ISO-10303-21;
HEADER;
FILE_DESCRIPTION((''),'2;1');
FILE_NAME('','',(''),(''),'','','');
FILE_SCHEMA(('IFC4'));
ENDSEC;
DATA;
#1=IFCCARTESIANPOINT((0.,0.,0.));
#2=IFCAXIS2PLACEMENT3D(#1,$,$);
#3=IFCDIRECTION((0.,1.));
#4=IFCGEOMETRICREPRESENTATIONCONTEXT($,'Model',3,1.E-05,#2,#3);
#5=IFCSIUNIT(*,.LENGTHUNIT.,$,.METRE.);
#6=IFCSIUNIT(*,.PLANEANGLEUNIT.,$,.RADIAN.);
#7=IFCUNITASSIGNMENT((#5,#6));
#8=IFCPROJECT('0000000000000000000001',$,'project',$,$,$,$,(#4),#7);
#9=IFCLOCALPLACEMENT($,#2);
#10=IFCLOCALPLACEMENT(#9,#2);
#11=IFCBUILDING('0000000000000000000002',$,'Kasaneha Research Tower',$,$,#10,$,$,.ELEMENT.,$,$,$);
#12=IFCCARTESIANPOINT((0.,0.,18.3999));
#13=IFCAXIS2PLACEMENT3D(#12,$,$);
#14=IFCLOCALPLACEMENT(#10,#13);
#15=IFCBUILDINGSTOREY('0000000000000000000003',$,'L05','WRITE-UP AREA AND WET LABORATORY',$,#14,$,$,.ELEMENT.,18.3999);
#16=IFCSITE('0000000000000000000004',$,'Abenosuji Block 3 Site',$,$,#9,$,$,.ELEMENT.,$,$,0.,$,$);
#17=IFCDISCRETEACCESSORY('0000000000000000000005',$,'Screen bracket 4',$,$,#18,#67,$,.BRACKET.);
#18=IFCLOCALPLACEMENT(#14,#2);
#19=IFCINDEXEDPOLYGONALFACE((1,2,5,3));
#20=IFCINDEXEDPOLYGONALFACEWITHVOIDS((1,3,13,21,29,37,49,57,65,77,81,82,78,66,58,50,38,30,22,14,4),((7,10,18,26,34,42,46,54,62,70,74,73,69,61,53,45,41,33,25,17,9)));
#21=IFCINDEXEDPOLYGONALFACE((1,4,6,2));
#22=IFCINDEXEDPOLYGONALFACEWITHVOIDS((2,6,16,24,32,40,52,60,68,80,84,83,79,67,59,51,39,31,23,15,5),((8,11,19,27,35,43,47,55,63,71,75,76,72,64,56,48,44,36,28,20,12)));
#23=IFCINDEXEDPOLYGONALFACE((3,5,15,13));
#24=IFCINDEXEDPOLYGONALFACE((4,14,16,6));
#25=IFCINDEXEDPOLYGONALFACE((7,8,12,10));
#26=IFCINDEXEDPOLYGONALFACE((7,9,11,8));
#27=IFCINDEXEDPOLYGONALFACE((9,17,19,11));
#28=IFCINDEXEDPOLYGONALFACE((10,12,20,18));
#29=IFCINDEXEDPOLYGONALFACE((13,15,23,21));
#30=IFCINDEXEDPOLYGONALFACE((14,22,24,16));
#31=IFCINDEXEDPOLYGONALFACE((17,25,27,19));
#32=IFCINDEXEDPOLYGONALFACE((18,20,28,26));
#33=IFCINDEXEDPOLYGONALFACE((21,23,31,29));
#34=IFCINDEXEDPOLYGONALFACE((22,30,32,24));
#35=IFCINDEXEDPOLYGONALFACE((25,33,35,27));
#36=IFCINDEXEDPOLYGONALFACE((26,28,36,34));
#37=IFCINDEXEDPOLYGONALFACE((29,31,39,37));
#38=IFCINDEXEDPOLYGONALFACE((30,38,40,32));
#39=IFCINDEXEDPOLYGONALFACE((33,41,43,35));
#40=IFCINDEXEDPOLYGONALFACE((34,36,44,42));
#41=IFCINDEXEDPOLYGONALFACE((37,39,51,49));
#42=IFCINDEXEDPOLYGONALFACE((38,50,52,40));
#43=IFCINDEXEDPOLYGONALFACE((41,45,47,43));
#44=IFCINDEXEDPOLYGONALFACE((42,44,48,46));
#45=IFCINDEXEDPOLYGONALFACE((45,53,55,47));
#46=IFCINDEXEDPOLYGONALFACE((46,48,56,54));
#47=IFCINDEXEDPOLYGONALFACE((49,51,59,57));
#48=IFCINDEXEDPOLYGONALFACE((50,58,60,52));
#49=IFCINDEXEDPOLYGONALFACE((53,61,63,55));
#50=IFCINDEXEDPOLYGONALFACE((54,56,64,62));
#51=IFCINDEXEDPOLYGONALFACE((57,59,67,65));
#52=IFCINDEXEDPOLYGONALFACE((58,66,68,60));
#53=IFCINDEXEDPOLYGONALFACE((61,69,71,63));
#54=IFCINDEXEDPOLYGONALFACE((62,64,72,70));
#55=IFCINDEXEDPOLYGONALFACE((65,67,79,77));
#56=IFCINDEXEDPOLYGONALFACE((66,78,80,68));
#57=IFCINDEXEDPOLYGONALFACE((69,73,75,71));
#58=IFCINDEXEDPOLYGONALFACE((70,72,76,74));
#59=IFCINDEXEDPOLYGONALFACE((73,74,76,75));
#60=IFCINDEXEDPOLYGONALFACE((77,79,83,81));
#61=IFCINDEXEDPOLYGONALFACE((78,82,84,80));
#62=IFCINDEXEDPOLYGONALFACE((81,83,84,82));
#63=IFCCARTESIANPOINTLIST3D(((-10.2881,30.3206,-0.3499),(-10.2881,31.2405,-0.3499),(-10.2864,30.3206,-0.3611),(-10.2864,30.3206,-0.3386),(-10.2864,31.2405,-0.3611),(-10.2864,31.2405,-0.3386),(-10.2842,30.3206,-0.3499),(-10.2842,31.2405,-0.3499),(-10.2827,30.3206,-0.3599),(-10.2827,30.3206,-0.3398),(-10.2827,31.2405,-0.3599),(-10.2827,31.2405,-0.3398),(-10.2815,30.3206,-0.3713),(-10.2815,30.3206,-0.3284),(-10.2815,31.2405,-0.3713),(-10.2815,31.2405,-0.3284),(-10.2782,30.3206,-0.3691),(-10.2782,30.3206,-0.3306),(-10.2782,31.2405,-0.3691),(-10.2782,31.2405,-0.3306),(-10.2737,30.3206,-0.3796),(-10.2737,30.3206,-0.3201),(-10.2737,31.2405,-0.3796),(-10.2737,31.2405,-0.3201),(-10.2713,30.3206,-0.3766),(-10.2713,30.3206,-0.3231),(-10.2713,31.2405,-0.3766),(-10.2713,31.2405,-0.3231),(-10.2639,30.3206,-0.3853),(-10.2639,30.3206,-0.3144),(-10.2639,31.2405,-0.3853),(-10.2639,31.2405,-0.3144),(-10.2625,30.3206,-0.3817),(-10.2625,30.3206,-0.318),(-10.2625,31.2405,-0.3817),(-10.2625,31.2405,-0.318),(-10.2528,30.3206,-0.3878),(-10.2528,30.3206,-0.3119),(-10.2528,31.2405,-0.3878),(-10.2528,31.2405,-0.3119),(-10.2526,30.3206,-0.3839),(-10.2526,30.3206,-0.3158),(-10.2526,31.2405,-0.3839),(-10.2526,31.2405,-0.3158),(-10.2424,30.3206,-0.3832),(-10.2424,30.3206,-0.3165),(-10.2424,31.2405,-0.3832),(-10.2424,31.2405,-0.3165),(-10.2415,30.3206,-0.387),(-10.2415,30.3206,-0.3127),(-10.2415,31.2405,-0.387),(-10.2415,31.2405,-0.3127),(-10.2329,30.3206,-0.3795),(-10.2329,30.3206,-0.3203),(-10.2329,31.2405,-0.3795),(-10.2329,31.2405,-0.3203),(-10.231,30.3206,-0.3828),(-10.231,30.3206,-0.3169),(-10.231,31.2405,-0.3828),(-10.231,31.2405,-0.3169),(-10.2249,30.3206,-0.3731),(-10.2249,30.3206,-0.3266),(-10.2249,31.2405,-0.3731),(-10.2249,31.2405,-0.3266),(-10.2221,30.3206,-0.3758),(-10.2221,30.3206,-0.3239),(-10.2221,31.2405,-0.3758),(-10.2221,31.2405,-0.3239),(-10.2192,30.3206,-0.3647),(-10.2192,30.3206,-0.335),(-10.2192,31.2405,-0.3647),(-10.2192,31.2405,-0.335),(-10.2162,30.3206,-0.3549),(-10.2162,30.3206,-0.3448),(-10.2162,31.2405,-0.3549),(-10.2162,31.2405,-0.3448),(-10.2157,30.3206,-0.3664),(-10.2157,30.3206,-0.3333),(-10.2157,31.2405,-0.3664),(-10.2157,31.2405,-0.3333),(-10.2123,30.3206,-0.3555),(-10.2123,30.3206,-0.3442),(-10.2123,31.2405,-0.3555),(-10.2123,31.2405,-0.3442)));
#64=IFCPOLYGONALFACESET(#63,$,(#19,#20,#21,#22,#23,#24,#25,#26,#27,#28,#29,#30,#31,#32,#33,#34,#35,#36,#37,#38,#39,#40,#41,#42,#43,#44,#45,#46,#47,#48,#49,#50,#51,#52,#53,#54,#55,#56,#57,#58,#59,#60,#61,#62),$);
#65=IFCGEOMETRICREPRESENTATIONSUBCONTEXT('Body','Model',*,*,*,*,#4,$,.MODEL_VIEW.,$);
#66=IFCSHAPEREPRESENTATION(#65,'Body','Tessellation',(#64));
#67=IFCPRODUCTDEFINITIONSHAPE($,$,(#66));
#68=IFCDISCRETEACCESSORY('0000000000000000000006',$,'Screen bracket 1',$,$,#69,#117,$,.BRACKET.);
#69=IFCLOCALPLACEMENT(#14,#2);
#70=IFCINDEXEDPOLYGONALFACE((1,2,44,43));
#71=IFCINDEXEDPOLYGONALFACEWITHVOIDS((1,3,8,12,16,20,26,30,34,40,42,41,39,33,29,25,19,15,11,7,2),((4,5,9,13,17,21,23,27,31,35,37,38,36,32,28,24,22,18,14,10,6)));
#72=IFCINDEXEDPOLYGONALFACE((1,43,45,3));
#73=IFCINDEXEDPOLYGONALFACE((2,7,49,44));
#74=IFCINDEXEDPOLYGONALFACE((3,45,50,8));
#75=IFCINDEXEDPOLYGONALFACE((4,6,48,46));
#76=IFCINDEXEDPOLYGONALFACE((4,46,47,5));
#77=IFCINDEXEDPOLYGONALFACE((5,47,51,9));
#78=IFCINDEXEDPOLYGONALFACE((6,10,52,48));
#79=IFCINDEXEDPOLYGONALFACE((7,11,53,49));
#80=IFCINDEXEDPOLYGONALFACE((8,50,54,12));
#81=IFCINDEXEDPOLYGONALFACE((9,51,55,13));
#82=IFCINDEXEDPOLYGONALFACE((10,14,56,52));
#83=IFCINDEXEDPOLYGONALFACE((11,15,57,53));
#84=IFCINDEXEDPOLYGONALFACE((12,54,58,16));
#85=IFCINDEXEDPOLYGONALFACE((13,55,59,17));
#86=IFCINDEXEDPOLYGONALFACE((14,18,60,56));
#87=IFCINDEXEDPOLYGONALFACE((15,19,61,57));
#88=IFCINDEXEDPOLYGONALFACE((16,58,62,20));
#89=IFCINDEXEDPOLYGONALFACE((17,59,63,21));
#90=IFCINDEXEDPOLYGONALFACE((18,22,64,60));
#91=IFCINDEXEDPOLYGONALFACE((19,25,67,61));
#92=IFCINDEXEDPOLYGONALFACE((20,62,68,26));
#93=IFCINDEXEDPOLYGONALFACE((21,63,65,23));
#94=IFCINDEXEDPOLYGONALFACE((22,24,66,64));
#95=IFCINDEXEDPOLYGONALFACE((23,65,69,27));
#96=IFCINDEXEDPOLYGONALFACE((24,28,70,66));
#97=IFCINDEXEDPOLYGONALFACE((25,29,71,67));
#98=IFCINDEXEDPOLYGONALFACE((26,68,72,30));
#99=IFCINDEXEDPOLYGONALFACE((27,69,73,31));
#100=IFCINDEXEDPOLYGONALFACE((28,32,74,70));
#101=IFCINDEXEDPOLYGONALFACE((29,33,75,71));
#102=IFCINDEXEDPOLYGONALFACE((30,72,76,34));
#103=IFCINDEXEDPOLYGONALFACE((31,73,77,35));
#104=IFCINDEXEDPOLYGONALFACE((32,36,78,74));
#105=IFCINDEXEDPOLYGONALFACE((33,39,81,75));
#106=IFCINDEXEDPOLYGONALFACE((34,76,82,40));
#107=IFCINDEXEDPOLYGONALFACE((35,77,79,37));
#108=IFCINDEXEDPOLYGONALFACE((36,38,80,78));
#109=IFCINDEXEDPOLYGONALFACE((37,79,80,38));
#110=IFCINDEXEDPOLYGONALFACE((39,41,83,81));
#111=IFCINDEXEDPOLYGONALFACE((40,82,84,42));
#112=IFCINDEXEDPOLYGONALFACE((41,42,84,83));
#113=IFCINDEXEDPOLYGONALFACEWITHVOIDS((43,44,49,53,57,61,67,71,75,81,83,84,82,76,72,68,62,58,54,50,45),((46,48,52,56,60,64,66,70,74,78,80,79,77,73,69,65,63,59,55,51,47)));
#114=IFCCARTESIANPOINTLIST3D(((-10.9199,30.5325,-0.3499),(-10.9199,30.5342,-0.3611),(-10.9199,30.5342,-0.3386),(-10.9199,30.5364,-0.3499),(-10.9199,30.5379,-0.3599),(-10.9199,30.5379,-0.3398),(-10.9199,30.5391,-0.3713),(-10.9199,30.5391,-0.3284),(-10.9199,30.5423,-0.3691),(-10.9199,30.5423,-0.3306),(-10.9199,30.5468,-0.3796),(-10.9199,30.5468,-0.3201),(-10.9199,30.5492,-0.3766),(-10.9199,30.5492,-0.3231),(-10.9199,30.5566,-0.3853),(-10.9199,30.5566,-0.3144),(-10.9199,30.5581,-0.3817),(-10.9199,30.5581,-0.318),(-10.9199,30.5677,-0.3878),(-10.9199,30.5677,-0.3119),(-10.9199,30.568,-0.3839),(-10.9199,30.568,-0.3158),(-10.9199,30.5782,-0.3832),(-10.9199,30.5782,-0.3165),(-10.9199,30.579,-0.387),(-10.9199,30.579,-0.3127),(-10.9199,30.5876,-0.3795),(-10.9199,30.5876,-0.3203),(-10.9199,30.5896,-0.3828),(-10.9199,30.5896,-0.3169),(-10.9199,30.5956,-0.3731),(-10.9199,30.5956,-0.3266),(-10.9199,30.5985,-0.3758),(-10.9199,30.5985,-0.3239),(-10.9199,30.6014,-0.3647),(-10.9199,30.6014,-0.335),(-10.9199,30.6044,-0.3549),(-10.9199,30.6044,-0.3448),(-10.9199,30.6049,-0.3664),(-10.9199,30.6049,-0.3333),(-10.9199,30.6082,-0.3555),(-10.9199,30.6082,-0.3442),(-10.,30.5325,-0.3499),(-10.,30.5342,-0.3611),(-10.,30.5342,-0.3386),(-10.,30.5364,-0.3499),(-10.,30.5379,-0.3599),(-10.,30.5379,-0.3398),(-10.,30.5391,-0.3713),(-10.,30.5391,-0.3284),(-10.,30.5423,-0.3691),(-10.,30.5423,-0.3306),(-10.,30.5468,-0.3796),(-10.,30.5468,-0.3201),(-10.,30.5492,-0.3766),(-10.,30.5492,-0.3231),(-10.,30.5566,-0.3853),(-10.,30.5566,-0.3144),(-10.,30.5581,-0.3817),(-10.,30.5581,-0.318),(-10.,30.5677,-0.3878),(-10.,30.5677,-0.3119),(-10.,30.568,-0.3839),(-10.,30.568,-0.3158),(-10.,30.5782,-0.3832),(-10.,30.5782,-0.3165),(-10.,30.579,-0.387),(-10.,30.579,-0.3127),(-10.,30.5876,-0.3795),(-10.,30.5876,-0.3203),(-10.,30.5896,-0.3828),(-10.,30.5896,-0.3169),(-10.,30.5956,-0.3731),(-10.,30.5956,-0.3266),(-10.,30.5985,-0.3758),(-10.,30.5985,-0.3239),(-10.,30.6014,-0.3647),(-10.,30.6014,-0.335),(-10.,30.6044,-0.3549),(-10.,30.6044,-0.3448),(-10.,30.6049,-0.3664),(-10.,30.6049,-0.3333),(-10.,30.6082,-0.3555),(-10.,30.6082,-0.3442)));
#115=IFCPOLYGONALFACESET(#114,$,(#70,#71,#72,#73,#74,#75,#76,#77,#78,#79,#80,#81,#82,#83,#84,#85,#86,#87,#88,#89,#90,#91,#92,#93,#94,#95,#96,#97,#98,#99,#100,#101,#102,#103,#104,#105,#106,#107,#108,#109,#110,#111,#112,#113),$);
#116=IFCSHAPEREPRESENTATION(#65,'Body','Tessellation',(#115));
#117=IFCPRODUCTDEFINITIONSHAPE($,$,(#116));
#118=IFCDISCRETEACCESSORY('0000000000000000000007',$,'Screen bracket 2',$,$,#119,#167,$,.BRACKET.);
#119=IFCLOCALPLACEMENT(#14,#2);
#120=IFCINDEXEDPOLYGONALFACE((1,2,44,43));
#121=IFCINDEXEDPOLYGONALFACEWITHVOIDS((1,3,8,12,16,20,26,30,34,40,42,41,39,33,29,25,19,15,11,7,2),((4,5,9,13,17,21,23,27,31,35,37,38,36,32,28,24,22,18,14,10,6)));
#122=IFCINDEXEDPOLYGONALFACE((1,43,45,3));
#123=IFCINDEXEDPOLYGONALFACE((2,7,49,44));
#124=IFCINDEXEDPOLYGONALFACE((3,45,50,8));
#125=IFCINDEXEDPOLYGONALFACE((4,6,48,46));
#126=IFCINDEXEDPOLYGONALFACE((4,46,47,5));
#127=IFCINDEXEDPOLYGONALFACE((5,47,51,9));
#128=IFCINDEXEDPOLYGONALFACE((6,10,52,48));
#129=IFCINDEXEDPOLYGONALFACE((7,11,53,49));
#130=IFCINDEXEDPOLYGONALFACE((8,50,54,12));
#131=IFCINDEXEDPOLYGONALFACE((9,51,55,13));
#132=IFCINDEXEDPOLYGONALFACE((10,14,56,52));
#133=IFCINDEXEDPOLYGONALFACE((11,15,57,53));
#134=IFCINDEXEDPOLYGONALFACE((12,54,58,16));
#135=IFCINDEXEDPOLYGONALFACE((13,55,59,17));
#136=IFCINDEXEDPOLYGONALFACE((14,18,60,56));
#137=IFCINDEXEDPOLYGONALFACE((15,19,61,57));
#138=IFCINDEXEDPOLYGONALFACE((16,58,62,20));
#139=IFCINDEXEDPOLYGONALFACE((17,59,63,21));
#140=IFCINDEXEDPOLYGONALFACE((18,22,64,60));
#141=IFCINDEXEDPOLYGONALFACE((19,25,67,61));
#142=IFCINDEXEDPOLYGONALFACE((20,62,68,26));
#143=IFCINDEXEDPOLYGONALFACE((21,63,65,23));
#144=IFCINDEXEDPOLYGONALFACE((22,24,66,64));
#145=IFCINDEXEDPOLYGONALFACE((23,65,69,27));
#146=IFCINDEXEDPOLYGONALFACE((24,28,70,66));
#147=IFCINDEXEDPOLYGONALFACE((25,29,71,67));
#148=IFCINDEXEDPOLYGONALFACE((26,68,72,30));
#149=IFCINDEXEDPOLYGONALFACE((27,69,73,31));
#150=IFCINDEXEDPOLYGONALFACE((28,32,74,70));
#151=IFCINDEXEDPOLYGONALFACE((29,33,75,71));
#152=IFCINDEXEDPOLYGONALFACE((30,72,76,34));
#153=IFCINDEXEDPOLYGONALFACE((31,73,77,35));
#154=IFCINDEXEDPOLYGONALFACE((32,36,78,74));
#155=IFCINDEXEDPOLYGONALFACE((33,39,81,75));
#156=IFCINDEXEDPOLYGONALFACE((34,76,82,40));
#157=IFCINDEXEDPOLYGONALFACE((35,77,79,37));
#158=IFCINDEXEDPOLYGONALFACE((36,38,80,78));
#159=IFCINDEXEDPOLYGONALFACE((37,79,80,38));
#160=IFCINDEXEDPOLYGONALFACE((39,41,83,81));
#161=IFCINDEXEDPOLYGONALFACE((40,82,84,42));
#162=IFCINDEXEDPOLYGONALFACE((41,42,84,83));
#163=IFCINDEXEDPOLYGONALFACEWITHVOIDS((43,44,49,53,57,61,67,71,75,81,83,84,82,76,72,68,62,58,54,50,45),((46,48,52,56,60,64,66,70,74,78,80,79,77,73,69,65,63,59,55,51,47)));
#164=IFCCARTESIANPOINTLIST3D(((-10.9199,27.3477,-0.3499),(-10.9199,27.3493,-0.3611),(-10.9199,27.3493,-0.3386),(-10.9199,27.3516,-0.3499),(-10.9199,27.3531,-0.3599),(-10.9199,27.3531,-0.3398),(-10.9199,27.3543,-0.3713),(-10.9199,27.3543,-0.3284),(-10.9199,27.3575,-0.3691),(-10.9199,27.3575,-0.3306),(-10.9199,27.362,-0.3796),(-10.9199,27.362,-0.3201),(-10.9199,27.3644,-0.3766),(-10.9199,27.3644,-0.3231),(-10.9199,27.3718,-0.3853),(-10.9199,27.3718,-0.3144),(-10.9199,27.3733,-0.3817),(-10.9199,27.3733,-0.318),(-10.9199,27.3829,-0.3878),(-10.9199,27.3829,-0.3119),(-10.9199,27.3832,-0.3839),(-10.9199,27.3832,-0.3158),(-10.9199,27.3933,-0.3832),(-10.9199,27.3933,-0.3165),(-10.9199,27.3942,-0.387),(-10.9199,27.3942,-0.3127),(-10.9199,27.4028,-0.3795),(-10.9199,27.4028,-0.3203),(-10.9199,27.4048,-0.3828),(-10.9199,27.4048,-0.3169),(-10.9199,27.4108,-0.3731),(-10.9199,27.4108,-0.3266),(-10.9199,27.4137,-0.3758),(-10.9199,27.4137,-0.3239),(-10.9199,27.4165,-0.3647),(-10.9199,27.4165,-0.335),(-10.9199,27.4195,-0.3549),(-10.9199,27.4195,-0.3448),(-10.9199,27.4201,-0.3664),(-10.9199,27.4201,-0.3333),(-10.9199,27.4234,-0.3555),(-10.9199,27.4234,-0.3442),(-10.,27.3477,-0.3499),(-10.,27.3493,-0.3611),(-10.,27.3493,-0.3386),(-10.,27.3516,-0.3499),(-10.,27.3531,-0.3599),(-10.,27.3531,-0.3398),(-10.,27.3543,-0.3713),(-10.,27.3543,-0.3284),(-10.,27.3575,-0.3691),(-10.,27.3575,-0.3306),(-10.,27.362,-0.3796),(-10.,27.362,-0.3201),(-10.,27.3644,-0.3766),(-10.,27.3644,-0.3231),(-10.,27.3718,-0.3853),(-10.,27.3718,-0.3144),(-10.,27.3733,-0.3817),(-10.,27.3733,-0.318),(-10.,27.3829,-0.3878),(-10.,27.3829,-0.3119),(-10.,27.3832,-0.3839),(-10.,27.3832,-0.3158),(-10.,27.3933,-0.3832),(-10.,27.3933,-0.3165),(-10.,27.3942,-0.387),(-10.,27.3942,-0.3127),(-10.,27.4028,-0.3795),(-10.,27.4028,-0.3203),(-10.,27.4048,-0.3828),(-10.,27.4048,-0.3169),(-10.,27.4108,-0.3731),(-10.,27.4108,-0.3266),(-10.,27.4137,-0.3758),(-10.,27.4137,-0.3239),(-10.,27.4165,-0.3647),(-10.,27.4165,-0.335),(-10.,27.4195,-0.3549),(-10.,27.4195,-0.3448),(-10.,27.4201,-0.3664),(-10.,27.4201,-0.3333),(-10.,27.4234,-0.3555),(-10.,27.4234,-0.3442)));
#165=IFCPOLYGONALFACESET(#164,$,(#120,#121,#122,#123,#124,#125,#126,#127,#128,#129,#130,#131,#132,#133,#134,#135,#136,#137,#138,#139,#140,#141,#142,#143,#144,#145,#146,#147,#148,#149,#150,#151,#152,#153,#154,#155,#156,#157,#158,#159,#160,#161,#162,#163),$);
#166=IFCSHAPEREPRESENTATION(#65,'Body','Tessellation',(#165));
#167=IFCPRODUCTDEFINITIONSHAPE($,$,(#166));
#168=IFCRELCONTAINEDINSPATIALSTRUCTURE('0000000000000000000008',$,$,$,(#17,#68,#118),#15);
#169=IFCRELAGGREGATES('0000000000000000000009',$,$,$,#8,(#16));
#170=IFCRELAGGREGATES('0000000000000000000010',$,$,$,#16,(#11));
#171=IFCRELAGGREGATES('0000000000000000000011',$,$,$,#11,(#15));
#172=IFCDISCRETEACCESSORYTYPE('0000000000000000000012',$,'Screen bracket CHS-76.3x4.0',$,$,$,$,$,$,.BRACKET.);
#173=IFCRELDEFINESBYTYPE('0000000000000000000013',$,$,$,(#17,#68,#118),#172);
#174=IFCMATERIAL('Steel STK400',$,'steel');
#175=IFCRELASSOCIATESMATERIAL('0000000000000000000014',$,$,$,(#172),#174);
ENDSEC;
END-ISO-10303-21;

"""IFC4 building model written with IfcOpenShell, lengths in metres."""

from ifc_helpers import new_model, si_unit, direction, frame, origin, origin_2d, place, context, subcontext, project, spatial, hollow_circle, extrude, material, material_profile, profile_set, type_object, element, save


model = new_model("IFC4")

# Units and contexts
model_context = context("Model", 3, precision=1e-05, world=origin(), true_north=direction((0.0, 1.0)))
body_context = subcontext(model_context, "Body", "Model", "MODEL_VIEW")
ifc_project = project(units=[si_unit("LENGTHUNIT", "METRE"), si_unit("PLANEANGLEUNIT", "RADIAN")], contexts=[model_context])

# Site, building, storey
site_placement = place(None, origin())
site = spatial("IfcSite", under=ifc_project, at=site_placement, Name="Abenosuji Block 3 Site", CompositionType="ELEMENT", RefElevation=0.0)
building_placement = place(site_placement, origin())
building = spatial("IfcBuilding", under=site, at=building_placement, Name="Kasaneha Research Tower", CompositionType="ELEMENT")
storey_placement = place(building_placement, frame((0.0, 0.0, 18.3999)))
storey = spatial("IfcBuildingStorey", under=building, at=storey_placement, Name="L05", Description="WRITE-UP AREA AND WET LABORATORY", CompositionType="ELEMENT", Elevation=18.3999)

# Discrete accessories
ifc_material_1 = material(Name="Steel STK400", Category="steel")
ifc_material_profile_1 = material_profile(ifc_material_1, hollow_circle(Radius=0.0381, WallThickness=0.0039, at=origin_2d()), Name="CHS-76.3x4.0")
ifc_profile_set_1 = profile_set([ifc_material_profile_1], Name="Steel STK400")
discrete_accessory_type = type_object("IfcDiscreteAccessoryType", Name="Screen bracket CHS-76.3x4.0", PredefinedType="BRACKET", material=ifc_profile_set_1)
for number, where, z_axis, x_axis, name in (
    (1, (-10.25, 30.3206, -0.3499), (0.0, 1.0, 0.0), (-1.0, 0.0, 0.0), "Screen bracket 4"),
    (2, (-10.0, 30.5706, -0.3499), (-1.0, 0.0, 0.0), (0.0, -1.0, 0.0), "Screen bracket 1"),
    (3, (-10.0, 27.3857, -0.3499), (-1.0, 0.0, 0.0), (0.0, -1.0, 0.0), "Screen bracket 2"),
):
    element("IfcDiscreteAccessory", number, at=place(storey_placement, frame(where, z_axis=z_axis, x_axis=x_axis)), inside=storey, type_object=discrete_accessory_type, Name=name, PredefinedType="BRACKET", context=body_context, shape_type="SweptSolid", body=[
        extrude(hollow_circle(Radius=0.0381, WallThickness=0.0039, at=origin_2d()), origin(), (0.0, 0.0, 1.0), 0.9199),
    ])

save(model, "model.ifc")
